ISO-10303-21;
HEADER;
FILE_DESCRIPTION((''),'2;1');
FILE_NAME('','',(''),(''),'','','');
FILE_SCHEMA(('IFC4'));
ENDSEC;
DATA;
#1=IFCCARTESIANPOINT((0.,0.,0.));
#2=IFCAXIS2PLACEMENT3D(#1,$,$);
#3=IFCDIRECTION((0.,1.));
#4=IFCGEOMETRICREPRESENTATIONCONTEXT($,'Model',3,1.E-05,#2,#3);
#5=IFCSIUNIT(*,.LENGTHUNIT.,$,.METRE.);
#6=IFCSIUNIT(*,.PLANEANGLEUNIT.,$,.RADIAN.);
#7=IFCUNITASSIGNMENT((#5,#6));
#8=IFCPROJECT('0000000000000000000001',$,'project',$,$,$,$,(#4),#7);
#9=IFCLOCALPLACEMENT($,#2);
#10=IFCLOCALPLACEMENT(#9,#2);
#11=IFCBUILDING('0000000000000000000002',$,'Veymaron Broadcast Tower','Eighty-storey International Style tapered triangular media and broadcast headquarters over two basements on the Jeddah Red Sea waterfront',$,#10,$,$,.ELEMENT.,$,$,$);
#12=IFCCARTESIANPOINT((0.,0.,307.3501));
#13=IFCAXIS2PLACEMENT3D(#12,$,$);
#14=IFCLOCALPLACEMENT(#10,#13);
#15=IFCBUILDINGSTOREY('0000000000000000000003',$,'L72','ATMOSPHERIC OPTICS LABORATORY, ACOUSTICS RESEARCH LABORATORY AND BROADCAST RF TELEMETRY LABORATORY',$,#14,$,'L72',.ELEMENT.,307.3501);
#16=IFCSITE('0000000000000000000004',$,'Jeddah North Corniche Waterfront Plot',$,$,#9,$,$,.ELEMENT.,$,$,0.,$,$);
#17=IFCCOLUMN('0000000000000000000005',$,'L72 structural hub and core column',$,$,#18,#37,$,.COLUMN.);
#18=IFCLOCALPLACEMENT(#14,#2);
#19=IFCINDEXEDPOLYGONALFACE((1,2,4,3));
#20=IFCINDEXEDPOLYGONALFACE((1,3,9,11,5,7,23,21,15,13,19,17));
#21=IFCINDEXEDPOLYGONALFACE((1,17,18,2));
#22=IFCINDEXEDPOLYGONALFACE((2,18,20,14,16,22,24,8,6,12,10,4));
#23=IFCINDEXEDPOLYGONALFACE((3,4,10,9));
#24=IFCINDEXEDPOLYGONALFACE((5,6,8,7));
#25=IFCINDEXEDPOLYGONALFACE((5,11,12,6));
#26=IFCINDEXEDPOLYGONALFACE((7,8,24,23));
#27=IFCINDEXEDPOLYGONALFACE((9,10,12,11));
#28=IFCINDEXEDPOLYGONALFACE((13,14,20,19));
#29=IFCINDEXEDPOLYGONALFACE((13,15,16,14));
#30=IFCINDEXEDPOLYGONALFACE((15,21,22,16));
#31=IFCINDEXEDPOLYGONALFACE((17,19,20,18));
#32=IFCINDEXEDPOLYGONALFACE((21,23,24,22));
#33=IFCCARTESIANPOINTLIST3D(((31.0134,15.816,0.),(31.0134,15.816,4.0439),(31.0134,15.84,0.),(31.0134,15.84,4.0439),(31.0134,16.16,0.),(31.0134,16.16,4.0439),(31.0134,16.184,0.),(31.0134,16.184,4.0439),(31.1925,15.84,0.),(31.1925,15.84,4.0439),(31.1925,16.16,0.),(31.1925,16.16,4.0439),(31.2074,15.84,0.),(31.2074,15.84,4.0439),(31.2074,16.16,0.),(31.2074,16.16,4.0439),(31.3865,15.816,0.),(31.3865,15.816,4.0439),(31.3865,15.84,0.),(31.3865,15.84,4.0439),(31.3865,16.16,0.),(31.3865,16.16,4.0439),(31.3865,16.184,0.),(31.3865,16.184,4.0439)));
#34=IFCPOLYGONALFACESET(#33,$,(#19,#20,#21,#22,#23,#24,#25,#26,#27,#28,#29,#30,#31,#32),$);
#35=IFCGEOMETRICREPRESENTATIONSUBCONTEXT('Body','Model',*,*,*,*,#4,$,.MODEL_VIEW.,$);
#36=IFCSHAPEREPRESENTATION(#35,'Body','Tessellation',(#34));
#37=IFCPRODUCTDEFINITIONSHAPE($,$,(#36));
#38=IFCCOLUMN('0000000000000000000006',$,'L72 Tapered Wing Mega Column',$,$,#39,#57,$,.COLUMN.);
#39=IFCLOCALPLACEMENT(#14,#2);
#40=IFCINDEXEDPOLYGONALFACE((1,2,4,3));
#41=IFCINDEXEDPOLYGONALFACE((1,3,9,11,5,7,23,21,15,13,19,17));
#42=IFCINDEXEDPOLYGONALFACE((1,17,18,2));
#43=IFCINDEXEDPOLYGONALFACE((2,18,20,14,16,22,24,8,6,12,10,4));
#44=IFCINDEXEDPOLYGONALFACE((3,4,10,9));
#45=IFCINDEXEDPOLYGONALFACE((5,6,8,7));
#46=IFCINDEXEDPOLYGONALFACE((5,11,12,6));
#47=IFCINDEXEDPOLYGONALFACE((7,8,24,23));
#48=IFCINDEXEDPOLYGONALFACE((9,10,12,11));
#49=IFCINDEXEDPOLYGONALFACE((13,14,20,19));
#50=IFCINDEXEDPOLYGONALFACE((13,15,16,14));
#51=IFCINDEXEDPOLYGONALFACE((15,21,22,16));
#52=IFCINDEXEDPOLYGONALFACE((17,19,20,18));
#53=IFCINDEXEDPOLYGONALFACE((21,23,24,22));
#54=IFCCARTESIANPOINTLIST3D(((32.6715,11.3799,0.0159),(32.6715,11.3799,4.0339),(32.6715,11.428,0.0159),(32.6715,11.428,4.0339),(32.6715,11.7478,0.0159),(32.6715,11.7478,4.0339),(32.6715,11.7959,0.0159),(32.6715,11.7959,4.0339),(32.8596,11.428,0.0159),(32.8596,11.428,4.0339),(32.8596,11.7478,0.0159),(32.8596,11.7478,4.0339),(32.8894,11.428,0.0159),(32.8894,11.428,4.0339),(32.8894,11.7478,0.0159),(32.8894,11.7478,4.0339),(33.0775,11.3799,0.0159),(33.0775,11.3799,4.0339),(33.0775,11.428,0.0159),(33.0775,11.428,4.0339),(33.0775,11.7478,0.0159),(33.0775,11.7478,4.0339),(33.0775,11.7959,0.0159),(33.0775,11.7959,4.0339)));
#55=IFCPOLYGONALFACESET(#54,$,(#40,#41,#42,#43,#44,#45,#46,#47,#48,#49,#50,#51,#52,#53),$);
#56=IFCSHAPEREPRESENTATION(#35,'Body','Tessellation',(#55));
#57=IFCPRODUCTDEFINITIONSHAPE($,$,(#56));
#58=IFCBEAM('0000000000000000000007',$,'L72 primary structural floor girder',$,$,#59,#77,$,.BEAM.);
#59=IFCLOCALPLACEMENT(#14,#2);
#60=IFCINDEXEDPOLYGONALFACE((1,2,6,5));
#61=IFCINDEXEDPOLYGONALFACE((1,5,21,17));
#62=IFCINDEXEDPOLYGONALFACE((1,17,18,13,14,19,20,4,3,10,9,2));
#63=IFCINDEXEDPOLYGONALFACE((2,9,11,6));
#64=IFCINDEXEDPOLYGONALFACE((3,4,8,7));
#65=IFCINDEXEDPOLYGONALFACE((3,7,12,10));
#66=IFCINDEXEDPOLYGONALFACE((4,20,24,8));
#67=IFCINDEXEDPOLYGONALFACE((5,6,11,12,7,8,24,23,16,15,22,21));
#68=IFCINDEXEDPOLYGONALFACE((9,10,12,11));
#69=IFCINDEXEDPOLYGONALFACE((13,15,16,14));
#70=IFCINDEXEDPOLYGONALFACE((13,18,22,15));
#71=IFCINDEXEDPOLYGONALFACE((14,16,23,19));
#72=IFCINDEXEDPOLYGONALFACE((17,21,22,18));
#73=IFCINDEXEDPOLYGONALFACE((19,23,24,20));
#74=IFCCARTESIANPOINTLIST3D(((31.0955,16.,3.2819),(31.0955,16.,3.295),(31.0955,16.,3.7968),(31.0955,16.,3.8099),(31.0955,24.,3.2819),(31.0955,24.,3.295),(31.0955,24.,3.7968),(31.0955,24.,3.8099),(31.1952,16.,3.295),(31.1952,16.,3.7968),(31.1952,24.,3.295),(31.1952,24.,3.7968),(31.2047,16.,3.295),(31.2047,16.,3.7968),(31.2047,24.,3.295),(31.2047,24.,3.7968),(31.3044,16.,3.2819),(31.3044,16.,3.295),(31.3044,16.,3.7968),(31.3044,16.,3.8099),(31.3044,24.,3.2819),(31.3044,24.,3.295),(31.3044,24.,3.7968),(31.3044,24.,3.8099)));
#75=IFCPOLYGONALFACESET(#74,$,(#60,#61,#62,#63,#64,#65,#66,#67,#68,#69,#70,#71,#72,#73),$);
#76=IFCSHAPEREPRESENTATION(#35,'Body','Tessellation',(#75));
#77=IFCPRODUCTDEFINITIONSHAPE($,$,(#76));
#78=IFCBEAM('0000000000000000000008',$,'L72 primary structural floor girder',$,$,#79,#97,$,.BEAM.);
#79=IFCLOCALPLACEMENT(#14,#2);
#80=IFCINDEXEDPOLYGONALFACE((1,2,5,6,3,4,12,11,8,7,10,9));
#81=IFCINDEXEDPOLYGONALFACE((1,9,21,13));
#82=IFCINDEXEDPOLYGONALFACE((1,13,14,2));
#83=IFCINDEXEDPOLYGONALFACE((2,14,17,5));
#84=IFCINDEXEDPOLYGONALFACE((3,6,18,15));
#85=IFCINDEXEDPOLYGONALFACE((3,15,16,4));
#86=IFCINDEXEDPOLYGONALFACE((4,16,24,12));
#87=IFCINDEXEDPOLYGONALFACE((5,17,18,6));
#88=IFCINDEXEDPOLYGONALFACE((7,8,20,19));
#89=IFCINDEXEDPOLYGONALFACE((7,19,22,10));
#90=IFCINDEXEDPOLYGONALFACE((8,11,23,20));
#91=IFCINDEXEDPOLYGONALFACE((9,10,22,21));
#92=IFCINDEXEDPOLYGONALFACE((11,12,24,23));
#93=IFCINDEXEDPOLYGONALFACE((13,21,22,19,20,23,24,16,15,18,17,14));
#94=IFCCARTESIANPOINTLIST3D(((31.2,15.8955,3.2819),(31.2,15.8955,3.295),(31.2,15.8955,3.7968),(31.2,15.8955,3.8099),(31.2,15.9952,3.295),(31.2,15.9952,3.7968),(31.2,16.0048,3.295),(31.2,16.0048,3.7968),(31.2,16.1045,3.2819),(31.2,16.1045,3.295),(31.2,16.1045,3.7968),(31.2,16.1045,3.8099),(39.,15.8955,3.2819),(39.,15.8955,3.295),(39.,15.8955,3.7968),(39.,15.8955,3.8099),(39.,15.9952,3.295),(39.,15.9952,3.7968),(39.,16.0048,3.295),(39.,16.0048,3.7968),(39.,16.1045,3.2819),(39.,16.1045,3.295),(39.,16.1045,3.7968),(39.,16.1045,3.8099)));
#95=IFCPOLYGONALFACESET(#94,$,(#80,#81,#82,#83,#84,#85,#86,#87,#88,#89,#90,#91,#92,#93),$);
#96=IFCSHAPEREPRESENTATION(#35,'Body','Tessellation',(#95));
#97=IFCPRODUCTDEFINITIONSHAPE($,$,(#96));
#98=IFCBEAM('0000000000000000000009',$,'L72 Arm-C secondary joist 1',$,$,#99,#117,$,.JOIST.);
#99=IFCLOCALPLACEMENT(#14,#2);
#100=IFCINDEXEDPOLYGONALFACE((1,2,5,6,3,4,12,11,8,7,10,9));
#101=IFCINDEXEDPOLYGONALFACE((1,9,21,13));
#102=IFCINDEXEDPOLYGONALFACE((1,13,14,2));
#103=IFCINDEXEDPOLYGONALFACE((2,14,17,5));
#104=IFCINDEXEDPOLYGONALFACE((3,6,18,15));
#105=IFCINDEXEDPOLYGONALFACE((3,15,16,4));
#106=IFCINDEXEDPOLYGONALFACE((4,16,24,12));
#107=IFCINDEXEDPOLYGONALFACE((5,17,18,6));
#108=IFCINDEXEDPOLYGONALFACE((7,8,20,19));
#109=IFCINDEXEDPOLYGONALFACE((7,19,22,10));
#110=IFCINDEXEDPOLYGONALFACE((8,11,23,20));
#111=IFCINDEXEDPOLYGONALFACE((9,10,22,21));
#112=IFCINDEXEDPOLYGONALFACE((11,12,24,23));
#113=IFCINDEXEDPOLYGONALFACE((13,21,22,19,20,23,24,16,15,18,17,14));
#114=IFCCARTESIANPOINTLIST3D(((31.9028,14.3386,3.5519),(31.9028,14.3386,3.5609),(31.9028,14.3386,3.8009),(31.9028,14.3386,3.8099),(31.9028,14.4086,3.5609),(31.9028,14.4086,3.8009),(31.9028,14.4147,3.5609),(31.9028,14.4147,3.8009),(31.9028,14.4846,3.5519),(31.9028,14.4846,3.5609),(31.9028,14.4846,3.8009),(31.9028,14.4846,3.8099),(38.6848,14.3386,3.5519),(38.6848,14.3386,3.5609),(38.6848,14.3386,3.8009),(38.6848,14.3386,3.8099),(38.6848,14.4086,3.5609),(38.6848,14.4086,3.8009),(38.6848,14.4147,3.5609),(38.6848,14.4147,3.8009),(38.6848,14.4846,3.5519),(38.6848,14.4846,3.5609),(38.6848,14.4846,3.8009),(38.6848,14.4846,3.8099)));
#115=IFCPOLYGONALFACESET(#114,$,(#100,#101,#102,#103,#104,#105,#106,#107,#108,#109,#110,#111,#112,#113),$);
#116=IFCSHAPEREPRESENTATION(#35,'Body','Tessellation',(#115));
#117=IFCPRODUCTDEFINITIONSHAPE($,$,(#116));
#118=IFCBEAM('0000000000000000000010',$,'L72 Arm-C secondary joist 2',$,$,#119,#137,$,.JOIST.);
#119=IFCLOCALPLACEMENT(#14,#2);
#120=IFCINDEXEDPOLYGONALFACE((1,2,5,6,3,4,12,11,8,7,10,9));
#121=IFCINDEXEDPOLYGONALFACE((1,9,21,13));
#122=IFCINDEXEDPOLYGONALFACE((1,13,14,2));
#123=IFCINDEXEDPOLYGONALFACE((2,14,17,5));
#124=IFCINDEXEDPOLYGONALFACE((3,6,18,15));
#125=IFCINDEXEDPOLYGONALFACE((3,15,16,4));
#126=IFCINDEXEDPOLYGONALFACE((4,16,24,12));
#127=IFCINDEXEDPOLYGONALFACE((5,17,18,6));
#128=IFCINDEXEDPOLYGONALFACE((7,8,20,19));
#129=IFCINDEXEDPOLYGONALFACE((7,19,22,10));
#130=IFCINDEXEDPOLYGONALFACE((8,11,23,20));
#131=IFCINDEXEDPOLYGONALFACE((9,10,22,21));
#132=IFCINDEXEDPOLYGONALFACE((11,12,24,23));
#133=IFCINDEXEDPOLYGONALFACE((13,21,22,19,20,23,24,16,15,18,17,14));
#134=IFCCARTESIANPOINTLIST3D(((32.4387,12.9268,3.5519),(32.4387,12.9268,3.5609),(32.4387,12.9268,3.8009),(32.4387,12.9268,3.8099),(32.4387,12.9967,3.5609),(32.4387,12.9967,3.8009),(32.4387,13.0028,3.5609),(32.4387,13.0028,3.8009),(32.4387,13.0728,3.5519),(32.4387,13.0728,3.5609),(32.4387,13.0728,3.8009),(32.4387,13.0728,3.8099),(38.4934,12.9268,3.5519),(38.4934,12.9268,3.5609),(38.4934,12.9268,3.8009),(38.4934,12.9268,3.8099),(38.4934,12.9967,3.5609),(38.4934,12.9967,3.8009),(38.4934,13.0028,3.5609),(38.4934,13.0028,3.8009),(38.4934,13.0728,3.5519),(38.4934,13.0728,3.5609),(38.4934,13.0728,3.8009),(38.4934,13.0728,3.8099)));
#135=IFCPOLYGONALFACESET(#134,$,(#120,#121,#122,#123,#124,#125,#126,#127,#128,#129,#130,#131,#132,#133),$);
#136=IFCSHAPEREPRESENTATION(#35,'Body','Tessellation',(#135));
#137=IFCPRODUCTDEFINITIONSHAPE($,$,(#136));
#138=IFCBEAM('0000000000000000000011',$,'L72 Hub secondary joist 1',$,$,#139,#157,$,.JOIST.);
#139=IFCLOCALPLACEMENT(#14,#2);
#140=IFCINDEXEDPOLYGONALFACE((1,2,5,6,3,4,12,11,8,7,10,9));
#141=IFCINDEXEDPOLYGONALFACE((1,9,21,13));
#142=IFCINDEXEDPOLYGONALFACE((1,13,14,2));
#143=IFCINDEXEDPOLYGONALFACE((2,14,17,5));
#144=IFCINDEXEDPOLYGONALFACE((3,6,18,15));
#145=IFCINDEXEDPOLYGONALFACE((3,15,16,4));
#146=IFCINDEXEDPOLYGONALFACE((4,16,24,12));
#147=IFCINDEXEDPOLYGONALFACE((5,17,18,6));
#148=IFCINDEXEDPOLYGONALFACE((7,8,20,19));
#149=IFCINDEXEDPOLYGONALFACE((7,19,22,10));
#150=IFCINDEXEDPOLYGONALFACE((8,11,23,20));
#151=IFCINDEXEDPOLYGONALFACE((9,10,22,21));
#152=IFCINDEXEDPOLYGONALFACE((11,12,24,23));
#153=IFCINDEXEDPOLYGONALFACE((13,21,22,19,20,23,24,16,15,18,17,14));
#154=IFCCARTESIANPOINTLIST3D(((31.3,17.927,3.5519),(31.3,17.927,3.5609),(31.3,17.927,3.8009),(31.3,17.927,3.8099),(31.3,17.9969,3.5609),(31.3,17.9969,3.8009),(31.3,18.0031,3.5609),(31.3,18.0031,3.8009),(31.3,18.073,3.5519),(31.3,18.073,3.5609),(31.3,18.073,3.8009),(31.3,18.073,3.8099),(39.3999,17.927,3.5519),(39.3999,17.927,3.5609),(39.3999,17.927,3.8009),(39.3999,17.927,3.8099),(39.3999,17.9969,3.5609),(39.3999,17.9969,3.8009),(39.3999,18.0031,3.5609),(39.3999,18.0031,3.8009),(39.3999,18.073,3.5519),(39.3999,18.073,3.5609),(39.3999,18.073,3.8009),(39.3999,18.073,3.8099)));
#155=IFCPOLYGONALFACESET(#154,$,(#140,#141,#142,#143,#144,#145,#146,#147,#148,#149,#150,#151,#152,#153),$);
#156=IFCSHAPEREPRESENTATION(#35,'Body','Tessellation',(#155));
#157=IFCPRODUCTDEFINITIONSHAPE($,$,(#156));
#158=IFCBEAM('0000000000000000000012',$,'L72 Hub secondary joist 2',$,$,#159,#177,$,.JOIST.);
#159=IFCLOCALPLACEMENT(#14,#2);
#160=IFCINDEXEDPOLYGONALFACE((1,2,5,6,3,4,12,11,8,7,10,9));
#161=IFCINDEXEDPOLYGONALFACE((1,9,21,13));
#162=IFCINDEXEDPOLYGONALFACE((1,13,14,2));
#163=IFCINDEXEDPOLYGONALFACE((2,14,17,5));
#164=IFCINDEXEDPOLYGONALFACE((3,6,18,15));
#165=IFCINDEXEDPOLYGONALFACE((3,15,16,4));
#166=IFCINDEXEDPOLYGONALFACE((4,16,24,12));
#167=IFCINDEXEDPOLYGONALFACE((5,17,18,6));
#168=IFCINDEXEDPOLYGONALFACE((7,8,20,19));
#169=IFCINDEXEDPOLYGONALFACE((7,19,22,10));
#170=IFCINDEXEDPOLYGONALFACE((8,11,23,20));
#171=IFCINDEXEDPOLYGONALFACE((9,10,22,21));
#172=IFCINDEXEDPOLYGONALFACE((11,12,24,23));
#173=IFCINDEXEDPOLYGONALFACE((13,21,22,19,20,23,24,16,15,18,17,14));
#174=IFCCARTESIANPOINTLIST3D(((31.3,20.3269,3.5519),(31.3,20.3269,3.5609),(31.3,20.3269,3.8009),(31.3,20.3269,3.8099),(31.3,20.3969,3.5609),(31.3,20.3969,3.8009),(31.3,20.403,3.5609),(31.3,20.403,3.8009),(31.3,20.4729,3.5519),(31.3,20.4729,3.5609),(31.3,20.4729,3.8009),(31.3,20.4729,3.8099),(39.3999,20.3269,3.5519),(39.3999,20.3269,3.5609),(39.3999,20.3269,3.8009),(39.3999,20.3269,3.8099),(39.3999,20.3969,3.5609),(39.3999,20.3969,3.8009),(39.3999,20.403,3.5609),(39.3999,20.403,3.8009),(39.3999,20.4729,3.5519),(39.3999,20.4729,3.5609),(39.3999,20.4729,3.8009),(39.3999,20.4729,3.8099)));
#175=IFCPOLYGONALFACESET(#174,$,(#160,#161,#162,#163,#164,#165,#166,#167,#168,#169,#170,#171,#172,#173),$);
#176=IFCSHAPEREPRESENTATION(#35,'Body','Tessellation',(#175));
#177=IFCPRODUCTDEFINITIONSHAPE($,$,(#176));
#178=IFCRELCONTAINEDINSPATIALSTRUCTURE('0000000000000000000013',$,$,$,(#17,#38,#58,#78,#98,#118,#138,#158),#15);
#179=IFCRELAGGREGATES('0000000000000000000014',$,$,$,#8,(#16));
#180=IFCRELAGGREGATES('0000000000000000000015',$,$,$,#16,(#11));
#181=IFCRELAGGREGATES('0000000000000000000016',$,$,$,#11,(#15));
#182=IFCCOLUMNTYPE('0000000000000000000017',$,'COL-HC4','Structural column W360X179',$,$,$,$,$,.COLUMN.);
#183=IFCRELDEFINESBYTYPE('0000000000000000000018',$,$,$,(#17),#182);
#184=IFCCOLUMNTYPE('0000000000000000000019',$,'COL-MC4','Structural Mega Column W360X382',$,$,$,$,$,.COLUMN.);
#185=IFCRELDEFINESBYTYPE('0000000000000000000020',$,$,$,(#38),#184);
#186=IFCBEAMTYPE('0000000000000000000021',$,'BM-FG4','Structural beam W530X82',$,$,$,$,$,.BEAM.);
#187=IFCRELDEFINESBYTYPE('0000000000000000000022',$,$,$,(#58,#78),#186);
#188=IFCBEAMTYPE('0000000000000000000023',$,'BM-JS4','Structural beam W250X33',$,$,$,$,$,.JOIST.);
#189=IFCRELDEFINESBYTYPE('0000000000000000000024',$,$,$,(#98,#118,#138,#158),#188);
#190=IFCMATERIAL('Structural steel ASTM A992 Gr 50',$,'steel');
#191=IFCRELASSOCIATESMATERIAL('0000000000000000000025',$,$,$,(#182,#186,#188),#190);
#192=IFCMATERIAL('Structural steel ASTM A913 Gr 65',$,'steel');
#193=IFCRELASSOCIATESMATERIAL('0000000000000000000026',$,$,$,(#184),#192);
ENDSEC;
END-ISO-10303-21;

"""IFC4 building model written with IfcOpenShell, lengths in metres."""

from ifc_helpers import new_model, si_unit, direction, frame, origin, origin_2d, place, context, subcontext, project, spatial, i_section, extrude, material, material_profile, profile_set, type_object, element, save


model = new_model("IFC4")

# Units and contexts
model_context = context("Model", 3, precision=1e-05, world=origin(), true_north=direction((0.0, 1.0)))
body_context = subcontext(model_context, "Body", "Model", "MODEL_VIEW")
ifc_project = project(units=[si_unit("LENGTHUNIT", "METRE"), si_unit("PLANEANGLEUNIT", "RADIAN")], contexts=[model_context])

# Site, building, storey
site_placement = place(None, origin())
site = spatial("IfcSite", under=ifc_project, at=site_placement, Name="Jeddah North Corniche Waterfront Plot", CompositionType="ELEMENT", RefElevation=0.0)
building_placement = place(site_placement, origin())
building = spatial("IfcBuilding", under=site, at=building_placement, Name="Veymaron Broadcast Tower", Description="Eighty-storey International Style tapered triangular media and broadcast headquarters over two basements on the Jeddah Red Sea waterfront", CompositionType="ELEMENT")
storey_placement = place(building_placement, frame((0.0, 0.0, 307.3501)))
storey = spatial("IfcBuildingStorey", under=building, at=storey_placement, Name="L72", Description="ATMOSPHERIC OPTICS LABORATORY, ACOUSTICS RESEARCH LABORATORY AND BROADCAST RF TELEMETRY LABORATORY", LongName="L72", CompositionType="ELEMENT", Elevation=307.3501)

# Columns
ifc_material_1 = material(Name="Structural steel ASTM A992 Gr 50", Category="steel")
ifc_material_profile_1 = material_profile(ifc_material_1, i_section(OverallWidth=0.373, OverallDepth=0.3679, WebThickness=0.0149, FlangeThickness=0.0239, at=origin_2d()), Name="W360X179")
ifc_profile_set_1 = profile_set([ifc_material_profile_1], Name="Structural steel ASTM A992 Gr 50")
column_type_1 = type_object("IfcColumnType", Name="COL-HC4", Description="Structural column W360X179", PredefinedType="COLUMN", material=ifc_profile_set_1)
column_1_placement = place(storey_placement, frame((31.2, 16.0, 0.0), z_axis=(0.0, 0.0, 1.0), x_axis=(1.0, 0.0, 0.0)))
element("IfcColumn", 1, at=column_1_placement, inside=storey, type_object=column_type_1, Name="L72 structural hub and core column", PredefinedType="COLUMN", context=body_context, shape_type="SweptSolid", body=[
    extrude(i_section(OverallWidth=0.373, OverallDepth=0.3679, WebThickness=0.0149, FlangeThickness=0.0239, at=origin_2d()), origin(), (0.0, 0.0, 1.0), 4.0439),
])
ifc_material_2 = material(Name="Structural steel ASTM A913 Gr 65", Category="steel")
ifc_material_profile_2 = material_profile(ifc_material_2, i_section(OverallWidth=0.406, OverallDepth=0.416, WebThickness=0.0298, FlangeThickness=0.0481, at=origin_2d()), Name="W360X382")
ifc_profile_set_2 = profile_set([ifc_material_profile_2], Name="Structural steel ASTM A913 Gr 65")
column_type_2 = type_object("IfcColumnType", Name="COL-MC4", Description="Structural Mega Column W360X382", PredefinedType="COLUMN", material=ifc_profile_set_2)
column_2_placement = place(storey_placement, frame((32.8745, 11.5879, 0.0159), z_axis=(0.0, 0.0, 1.0), x_axis=(1.0, 0.0, 0.0)))
element("IfcColumn", 2, at=column_2_placement, inside=storey, type_object=column_type_2, Name="L72 Tapered Wing Mega Column", PredefinedType="COLUMN", context=body_context, shape_type="SweptSolid", body=[
    extrude(i_section(OverallWidth=0.406, OverallDepth=0.416, WebThickness=0.0298, FlangeThickness=0.0481, at=origin_2d()), origin(), (0.0, 0.0, 1.0), 4.0181),
])

# Beams
ifc_material_profile_3 = material_profile(ifc_material_1, i_section(OverallWidth=0.209, OverallDepth=0.5281, WebThickness=0.0095, FlangeThickness=0.0132, at=origin_2d()), Name="W530X82")
ifc_profile_set_3 = profile_set([ifc_material_profile_3], Name="Structural steel ASTM A992 Gr 50")
beam_type_1 = type_object("IfcBeamType", Name="BM-FG4", Description="Structural beam W530X82", PredefinedType="BEAM", material=ifc_profile_set_3)
beam_1_placement = place(storey_placement, frame((31.2, 16.0, 3.5459), z_axis=(0.0, 1.0, 0.0), x_axis=(-1.0, 0.0, 0.0)))
element("IfcBeam", 3, at=beam_1_placement, inside=storey, type_object=beam_type_1, Name="L72 primary structural floor girder", PredefinedType="BEAM", context=body_context, shape_type="SweptSolid", body=[
    extrude(i_section(OverallWidth=0.209, OverallDepth=0.5281, WebThickness=0.0095, FlangeThickness=0.0132, at=origin_2d()), origin(), (0.0, 0.0, 1.0), 8.0),
])
beam_2_placement = place(storey_placement, frame((31.2, 16.0, 3.5459), z_axis=(1.0, 0.0, 0.0), x_axis=(0.0, 1.0, 0.0)))
element("IfcBeam", 4, at=beam_2_placement, inside=storey, type_object=beam_type_1, Name="L72 primary structural floor girder", PredefinedType="BEAM", context=body_context, shape_type="SweptSolid", body=[
    extrude(i_section(OverallWidth=0.209, OverallDepth=0.5281, WebThickness=0.0095, FlangeThickness=0.0132, at=origin_2d()), origin(), (0.0, 0.0, 1.0), 7.8),
])
ifc_material_profile_4 = material_profile(ifc_material_1, i_section(OverallWidth=0.146, OverallDepth=0.2581, WebThickness=0.0061, FlangeThickness=0.009, at=origin_2d()), Name="W250X33")
ifc_profile_set_4 = profile_set([ifc_material_profile_4], Name="Structural steel ASTM A992 Gr 50")
beam_type_2 = type_object("IfcBeamType", Name="BM-JS4", Description="Structural beam W250X33", PredefinedType="JOIST", material=ifc_profile_set_4)
beam_3_placement = place(storey_placement, frame((31.9028, 14.4116, 3.6809), z_axis=(1.0, 0.0, 0.0), x_axis=(0.0, 1.0, 0.0)))
element("IfcBeam", 5, at=beam_3_placement, inside=storey, type_object=beam_type_2, Name="L72 Arm-C secondary joist 1", PredefinedType="JOIST", context=body_context, shape_type="SweptSolid", body=[
    extrude(i_section(OverallWidth=0.146, OverallDepth=0.2581, WebThickness=0.0061, FlangeThickness=0.009, at=origin_2d()), origin(), (0.0, 0.0, 1.0), 6.782),
])
beam_4_placement = place(storey_placement, frame((32.4387, 12.9998, 3.6809), z_axis=(1.0, 0.0, 0.0), x_axis=(0.0, 1.0, 0.0)))
element("IfcBeam", 6, at=beam_4_placement, inside=storey, type_object=beam_type_2, Name="L72 Arm-C secondary joist 2", PredefinedType="JOIST", context=body_context, shape_type="SweptSolid", body=[
    extrude(i_section(OverallWidth=0.146, OverallDepth=0.2581, WebThickness=0.0061, FlangeThickness=0.009, at=origin_2d()), origin(), (0.0, 0.0, 1.0), 6.0547),
])
for number, where, z_axis, x_axis, name in (
    (7, (31.3, 18.0, 3.6809), (1.0, 0.0, 0.0), (0.0, 1.0, 0.0), "L72 Hub secondary joist 1"),
    (8, (31.3, 20.3999, 3.6809), (1.0, 0.0, 0.0), (0.0, 1.0, 0.0), "L72 Hub secondary joist 2"),
):
    element("IfcBeam", number, at=place(storey_placement, frame(where, z_axis=z_axis, x_axis=x_axis)), inside=storey, type_object=beam_type_2, Name=name, PredefinedType="JOIST", context=body_context, shape_type="SweptSolid", body=[
        extrude(i_section(OverallWidth=0.146, OverallDepth=0.2581, WebThickness=0.0061, FlangeThickness=0.009, at=origin_2d()), origin(), (0.0, 0.0, 1.0), 8.0999),
    ])

save(model, "model.ifc")
